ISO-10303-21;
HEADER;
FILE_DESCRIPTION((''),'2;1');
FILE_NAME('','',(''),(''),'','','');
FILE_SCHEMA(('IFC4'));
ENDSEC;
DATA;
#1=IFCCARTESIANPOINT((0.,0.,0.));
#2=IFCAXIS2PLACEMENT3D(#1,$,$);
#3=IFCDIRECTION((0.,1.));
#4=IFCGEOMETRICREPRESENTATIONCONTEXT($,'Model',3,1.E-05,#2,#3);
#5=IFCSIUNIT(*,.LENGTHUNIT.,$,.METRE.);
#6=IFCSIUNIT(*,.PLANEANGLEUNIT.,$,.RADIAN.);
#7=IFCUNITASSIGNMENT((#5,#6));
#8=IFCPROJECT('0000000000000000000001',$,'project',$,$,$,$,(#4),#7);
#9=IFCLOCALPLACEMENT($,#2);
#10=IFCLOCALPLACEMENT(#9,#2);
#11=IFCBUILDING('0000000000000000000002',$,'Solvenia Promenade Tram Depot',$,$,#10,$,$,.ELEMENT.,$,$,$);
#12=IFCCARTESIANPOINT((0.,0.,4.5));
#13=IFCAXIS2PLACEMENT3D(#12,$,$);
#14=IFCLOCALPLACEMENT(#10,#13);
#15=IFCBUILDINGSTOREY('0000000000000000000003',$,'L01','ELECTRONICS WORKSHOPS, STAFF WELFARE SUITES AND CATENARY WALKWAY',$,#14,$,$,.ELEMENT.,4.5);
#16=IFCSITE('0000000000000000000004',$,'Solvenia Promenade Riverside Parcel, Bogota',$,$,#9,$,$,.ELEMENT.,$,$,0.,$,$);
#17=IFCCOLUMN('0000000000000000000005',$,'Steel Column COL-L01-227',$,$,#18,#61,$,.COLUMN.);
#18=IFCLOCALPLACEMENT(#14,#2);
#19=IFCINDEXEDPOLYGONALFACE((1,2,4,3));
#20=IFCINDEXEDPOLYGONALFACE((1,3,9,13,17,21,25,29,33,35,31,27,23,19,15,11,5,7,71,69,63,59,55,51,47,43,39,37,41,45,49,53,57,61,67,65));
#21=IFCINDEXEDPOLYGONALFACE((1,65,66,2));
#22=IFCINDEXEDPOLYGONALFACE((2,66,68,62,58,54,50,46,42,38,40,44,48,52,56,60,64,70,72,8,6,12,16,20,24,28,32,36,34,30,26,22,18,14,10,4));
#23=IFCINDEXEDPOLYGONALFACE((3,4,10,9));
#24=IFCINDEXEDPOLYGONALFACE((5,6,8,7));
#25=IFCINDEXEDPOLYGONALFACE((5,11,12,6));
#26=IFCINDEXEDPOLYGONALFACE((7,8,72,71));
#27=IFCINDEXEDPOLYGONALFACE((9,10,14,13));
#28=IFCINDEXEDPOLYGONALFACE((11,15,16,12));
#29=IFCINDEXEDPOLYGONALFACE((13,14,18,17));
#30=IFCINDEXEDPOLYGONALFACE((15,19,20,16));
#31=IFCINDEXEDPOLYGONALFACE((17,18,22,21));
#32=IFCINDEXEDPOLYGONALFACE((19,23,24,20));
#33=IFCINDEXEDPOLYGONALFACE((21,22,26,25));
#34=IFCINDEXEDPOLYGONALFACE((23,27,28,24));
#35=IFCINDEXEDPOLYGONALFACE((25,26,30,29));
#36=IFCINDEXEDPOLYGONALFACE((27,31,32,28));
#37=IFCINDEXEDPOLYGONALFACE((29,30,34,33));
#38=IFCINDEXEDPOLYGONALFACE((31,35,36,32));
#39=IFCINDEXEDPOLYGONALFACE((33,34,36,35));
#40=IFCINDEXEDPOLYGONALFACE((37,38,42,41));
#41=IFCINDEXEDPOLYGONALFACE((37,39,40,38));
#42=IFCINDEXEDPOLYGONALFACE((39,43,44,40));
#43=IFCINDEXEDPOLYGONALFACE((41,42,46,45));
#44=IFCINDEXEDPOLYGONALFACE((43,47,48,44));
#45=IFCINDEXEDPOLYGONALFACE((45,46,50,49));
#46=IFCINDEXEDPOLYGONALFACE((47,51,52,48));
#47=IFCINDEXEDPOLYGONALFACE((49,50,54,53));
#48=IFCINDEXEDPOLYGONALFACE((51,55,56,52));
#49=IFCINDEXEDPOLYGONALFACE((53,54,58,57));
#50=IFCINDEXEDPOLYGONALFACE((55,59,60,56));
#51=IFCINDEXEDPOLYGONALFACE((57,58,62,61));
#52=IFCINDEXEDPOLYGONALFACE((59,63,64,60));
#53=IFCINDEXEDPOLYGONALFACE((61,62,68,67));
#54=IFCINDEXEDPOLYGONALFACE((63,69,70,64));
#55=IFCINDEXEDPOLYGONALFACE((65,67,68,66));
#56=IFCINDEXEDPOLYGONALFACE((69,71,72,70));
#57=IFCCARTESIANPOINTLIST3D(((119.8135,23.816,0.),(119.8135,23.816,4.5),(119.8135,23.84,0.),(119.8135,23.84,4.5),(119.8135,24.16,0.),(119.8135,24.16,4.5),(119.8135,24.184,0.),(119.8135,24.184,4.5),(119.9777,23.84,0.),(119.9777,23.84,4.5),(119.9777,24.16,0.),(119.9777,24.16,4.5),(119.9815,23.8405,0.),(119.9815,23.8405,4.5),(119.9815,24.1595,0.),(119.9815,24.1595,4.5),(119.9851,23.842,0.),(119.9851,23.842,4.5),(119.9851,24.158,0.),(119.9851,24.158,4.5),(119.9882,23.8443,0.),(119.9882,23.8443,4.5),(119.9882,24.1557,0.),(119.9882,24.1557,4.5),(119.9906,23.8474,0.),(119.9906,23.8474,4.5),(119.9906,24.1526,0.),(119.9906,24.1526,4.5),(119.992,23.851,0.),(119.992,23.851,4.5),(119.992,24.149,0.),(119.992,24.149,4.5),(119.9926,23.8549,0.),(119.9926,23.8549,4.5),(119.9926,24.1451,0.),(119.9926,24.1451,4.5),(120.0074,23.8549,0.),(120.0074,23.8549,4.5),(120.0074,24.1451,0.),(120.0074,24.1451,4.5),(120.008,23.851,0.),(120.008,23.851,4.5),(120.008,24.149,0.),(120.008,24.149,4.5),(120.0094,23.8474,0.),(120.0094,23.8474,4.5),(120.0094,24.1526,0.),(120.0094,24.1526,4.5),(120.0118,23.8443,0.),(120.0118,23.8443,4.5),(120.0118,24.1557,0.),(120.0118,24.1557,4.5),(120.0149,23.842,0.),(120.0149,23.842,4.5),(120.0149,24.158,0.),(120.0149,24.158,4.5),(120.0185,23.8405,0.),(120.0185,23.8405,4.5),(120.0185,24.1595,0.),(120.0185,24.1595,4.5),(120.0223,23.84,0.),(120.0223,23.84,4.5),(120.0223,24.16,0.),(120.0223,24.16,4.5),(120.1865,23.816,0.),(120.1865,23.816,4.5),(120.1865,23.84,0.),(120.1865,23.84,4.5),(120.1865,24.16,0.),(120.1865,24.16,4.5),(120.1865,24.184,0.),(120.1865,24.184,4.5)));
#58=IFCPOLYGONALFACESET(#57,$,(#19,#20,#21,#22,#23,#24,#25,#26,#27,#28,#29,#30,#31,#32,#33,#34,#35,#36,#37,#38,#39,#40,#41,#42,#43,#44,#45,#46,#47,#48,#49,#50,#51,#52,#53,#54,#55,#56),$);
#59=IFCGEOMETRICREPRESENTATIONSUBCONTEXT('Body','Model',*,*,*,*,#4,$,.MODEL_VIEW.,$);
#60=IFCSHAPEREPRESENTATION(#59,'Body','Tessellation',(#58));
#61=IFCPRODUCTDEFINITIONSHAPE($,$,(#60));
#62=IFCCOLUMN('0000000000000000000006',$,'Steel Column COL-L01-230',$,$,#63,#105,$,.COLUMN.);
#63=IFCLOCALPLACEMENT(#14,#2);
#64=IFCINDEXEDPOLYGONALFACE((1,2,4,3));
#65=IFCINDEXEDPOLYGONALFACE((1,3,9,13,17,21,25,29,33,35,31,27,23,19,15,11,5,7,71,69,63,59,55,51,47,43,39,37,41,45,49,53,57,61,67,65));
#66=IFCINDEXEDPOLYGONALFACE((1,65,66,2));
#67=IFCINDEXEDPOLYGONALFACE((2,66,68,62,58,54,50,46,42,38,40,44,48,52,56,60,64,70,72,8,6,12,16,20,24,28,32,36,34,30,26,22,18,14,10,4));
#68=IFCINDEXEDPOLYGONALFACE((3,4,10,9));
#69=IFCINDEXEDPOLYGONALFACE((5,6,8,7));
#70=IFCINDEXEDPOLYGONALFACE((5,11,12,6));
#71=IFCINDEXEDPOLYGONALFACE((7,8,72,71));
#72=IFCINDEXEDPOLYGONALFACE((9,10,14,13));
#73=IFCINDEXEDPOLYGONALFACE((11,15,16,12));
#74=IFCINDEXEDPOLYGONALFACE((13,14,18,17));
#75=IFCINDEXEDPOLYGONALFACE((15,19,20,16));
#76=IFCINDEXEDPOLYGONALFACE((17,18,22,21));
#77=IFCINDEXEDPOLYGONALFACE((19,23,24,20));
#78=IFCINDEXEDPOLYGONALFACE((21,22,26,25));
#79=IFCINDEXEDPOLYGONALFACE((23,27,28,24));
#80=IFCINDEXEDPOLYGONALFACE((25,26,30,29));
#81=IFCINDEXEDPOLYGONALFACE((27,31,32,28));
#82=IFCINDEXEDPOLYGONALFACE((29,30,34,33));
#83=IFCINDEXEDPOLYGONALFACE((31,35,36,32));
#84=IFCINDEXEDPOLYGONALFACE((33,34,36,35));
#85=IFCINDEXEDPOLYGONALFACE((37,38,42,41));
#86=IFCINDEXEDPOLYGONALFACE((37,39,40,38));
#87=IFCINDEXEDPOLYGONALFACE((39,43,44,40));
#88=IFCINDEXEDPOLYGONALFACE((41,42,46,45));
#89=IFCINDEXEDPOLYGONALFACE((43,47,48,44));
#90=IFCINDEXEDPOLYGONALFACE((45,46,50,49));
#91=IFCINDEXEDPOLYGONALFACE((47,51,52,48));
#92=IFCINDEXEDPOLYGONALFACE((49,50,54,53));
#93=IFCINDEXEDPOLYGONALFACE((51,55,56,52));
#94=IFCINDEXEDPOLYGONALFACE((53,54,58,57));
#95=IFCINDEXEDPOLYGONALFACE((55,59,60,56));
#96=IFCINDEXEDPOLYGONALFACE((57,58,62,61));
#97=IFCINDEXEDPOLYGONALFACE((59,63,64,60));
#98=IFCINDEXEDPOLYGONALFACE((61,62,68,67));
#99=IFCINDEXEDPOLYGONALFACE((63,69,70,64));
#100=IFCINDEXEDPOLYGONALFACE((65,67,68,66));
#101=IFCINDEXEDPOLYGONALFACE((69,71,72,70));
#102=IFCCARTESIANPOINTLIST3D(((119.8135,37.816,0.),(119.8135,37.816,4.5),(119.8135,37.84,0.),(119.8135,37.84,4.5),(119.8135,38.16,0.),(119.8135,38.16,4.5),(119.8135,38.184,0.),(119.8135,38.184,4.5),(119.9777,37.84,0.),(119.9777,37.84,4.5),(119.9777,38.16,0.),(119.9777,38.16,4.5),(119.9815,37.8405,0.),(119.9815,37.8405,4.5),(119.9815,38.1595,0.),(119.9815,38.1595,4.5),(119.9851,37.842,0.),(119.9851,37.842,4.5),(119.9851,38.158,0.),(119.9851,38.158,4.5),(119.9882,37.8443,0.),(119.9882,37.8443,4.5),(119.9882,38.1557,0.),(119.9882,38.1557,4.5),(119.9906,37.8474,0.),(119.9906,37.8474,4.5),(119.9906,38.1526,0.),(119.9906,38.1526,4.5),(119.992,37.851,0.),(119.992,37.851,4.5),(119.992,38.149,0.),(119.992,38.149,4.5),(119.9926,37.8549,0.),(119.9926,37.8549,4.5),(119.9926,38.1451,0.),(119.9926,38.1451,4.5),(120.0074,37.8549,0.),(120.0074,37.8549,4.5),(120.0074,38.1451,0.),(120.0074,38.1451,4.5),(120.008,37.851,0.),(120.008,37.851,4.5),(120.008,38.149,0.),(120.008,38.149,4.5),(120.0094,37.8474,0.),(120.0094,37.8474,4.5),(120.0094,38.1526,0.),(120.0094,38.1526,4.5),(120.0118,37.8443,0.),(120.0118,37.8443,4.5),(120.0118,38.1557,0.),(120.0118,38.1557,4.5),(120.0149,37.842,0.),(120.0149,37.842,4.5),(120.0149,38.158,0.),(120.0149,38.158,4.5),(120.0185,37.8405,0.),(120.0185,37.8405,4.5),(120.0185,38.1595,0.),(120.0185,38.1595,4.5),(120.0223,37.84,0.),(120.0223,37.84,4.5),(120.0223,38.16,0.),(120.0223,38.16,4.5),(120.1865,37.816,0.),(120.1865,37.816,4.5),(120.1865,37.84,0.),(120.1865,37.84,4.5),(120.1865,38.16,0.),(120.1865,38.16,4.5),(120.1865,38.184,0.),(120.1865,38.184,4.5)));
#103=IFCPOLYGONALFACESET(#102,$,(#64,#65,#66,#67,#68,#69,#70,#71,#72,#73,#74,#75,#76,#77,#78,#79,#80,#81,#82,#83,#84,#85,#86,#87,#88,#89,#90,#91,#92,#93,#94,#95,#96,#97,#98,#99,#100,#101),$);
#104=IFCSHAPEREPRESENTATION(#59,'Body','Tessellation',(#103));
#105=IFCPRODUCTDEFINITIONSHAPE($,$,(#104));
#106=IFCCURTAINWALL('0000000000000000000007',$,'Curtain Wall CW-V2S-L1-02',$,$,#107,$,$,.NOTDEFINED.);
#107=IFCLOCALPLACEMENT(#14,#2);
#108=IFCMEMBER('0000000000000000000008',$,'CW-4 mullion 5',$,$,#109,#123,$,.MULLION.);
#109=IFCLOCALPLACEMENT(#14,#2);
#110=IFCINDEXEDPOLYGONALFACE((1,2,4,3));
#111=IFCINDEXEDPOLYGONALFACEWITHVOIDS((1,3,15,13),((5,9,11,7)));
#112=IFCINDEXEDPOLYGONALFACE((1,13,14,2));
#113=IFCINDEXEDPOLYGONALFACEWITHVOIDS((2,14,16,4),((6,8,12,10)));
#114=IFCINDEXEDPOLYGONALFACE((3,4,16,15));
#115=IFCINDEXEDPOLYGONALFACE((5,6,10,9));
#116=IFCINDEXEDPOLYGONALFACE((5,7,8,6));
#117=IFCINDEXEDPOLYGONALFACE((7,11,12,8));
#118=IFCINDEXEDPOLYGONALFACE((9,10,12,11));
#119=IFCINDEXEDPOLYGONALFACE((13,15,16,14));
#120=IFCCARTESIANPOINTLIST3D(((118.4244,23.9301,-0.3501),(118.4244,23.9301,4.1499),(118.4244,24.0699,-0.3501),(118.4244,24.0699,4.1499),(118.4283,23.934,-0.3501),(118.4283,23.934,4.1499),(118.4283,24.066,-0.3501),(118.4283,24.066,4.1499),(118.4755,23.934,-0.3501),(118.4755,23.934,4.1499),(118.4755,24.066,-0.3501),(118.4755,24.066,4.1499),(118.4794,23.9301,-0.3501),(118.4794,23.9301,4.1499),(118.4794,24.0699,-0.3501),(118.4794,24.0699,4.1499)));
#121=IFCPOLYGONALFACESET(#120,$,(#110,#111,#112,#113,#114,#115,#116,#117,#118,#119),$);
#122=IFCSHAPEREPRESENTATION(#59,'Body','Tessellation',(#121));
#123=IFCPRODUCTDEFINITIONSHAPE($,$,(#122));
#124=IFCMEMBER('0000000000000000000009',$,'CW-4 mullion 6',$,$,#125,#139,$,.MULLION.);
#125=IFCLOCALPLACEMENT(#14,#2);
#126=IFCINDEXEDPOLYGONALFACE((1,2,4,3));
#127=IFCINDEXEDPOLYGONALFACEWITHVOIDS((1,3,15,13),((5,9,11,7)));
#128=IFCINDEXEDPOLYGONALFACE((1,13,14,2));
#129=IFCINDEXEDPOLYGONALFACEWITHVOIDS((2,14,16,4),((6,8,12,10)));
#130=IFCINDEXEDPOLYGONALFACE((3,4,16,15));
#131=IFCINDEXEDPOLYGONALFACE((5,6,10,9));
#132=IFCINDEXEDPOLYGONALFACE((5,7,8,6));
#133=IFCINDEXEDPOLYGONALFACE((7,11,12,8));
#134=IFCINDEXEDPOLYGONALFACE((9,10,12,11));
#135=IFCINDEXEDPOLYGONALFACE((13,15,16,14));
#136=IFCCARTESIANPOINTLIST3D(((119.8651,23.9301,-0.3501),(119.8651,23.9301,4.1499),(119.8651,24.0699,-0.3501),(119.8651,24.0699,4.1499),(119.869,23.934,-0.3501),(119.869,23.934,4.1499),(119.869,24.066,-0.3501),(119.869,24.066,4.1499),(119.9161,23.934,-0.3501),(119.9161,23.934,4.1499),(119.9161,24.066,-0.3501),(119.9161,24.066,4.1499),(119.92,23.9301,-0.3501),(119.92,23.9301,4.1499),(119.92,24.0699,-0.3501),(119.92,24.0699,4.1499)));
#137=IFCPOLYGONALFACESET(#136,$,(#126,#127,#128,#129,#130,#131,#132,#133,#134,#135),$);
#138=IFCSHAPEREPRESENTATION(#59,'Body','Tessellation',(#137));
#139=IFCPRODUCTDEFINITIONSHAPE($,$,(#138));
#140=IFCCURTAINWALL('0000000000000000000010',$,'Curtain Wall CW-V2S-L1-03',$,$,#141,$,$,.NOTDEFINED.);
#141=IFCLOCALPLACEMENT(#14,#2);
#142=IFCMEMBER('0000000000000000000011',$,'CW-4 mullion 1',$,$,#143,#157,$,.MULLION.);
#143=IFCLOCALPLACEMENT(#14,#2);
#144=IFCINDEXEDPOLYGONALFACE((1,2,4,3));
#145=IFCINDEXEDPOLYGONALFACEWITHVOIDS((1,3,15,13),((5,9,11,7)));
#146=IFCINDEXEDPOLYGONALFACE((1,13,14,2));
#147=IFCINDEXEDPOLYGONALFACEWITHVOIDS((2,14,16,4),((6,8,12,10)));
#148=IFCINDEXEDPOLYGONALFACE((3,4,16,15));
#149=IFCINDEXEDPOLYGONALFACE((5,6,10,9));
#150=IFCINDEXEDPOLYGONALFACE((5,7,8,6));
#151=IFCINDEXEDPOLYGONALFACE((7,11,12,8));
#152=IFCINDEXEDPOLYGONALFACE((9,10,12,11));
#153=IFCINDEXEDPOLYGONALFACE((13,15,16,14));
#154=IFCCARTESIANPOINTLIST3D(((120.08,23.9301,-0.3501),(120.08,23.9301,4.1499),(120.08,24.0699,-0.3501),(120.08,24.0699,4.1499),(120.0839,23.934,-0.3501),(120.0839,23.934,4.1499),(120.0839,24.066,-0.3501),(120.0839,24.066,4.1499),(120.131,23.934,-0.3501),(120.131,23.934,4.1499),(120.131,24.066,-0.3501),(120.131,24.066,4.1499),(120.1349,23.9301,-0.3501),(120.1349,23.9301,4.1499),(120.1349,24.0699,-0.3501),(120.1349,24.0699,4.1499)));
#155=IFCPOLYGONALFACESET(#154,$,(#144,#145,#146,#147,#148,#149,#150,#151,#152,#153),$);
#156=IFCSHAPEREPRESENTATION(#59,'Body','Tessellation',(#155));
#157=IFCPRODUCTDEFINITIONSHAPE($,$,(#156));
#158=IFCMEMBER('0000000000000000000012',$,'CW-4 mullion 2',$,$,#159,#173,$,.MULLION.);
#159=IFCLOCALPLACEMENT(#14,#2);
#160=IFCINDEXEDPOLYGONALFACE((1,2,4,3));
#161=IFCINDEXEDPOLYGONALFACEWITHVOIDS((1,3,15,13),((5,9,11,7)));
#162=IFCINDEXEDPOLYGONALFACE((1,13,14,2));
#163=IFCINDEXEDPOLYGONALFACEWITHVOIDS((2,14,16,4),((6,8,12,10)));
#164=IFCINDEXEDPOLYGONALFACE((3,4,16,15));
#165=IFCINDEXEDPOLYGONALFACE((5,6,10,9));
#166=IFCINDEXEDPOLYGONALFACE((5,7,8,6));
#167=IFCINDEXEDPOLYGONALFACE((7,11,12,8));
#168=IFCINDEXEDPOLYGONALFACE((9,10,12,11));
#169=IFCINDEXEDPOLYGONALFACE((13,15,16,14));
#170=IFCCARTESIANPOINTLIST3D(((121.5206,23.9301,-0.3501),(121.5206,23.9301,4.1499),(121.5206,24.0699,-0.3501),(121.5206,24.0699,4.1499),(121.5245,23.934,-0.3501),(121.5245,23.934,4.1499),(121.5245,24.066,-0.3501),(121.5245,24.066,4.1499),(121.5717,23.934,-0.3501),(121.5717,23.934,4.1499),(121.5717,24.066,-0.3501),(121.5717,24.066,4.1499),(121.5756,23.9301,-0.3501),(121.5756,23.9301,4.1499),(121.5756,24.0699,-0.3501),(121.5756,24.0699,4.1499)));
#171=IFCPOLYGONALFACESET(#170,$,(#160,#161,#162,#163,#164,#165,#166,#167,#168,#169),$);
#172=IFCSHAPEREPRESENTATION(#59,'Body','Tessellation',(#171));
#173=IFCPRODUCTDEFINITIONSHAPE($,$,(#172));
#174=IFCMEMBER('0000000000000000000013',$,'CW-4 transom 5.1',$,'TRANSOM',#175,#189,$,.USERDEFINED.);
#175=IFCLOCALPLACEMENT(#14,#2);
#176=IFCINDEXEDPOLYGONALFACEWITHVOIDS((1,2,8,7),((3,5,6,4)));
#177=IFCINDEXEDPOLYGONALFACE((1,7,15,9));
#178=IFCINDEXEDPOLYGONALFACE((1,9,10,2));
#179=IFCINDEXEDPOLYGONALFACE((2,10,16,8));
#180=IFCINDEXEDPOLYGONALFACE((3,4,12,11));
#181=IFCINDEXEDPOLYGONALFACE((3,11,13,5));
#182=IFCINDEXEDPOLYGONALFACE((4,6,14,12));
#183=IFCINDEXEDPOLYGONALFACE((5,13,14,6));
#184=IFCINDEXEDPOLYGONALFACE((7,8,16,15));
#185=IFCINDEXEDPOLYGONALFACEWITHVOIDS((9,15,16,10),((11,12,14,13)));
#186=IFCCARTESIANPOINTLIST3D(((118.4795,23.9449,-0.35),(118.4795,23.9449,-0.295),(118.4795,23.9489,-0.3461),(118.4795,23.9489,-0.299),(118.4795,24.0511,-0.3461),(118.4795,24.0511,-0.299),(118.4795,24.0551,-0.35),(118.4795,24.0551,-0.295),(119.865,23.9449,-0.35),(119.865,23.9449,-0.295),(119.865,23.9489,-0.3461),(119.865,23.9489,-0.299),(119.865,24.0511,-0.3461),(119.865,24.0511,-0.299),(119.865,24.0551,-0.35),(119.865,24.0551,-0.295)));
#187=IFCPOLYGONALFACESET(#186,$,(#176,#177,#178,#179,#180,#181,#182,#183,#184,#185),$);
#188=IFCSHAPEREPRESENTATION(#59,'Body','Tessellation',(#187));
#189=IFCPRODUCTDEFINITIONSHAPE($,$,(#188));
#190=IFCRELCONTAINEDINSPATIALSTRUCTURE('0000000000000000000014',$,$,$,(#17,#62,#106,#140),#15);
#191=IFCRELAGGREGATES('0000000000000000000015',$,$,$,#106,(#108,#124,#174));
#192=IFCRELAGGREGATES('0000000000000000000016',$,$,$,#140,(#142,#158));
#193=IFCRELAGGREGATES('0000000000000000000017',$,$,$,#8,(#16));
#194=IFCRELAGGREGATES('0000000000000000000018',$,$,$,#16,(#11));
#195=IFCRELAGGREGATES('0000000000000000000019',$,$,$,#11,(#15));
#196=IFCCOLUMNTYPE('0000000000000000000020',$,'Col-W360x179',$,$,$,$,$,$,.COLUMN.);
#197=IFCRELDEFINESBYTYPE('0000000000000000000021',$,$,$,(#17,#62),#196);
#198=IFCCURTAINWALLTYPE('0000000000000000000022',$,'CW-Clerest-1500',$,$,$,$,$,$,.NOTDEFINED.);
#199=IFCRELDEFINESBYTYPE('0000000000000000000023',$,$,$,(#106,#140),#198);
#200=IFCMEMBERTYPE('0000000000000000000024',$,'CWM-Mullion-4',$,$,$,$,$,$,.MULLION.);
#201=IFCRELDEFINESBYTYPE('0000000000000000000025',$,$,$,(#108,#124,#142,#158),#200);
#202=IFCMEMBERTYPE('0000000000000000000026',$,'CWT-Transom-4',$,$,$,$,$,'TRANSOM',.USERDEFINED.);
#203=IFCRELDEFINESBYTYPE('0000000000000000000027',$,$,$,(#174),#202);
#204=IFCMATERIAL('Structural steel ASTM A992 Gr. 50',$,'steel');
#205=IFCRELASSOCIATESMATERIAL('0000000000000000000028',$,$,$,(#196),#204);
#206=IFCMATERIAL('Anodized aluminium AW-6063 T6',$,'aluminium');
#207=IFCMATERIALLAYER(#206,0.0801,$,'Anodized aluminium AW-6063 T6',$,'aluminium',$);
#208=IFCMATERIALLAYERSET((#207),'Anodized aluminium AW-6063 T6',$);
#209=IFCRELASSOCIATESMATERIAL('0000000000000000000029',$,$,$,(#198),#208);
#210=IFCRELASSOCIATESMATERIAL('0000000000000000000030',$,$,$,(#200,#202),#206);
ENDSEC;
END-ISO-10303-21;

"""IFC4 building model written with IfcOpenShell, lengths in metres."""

from ifc_helpers import new_model, si_unit, direction, frame, origin, origin_2d, place, context, subcontext, project, spatial, hollow_rectangle, i_section, extrude, material, layer, layer_set, material_profile, profile_set, type_object, element, aggregate, save


model = new_model("IFC4")

# Units and contexts
model_context = context("Model", 3, precision=1e-05, world=origin(), true_north=direction((0.0, 1.0)))
body_context = subcontext(model_context, "Body", "Model", "MODEL_VIEW")
ifc_project = project(units=[si_unit("LENGTHUNIT", "METRE"), si_unit("PLANEANGLEUNIT", "RADIAN")], contexts=[model_context])

# Site, building, storey
site_placement = place(None, origin())
site = spatial("IfcSite", under=ifc_project, at=site_placement, Name="Solvenia Promenade Riverside Parcel, Bogota", CompositionType="ELEMENT", RefElevation=0.0)
building_placement = place(site_placement, origin())
building = spatial("IfcBuilding", under=site, at=building_placement, Name="Solvenia Promenade Tram Depot", CompositionType="ELEMENT")
storey_placement = place(building_placement, frame((0.0, 0.0, 4.5)))
storey = spatial("IfcBuildingStorey", under=building, at=storey_placement, Name="L01", Description="ELECTRONICS WORKSHOPS, STAFF WELFARE SUITES AND CATENARY WALKWAY", CompositionType="ELEMENT", Elevation=4.5)

# Columns
ifc_material_1 = material(Name="Structural steel ASTM A992 Gr. 50", Category="steel")
ifc_material_profile_1 = material_profile(ifc_material_1, i_section(OverallWidth=0.373, OverallDepth=0.3679, WebThickness=0.0149, FlangeThickness=0.0239, FilletRadius=0.0149, at=origin_2d()), Name="W360x179", Category="steel")
ifc_profile_set_1 = profile_set([ifc_material_profile_1], Name="Structural steel ASTM A992 Gr. 50")
column_type = type_object("IfcColumnType", Name="Col-W360x179", PredefinedType="COLUMN", material=ifc_profile_set_1)
for number, where, z_axis, x_axis, name in (
    (1, (120.0, 24.0, 0.0), (0.0, 0.0, 1.0), (1.0, 0.0, 0.0), "Steel Column COL-L01-227"),
    (2, (120.0, 38.0, 0.0), (0.0, 0.0, 1.0), (1.0, 0.0, 0.0), "Steel Column COL-L01-230"),
):
    element("IfcColumn", number, at=place(storey_placement, frame(where, z_axis=z_axis, x_axis=x_axis)), inside=storey, type_object=column_type, Name=name, PredefinedType="COLUMN", context=body_context, shape_type="SweptSolid", body=[
        extrude(i_section(OverallWidth=0.373, OverallDepth=0.3679, WebThickness=0.0149, FlangeThickness=0.0239, FilletRadius=0.0149, at=origin_2d()), origin(), (0.0, 0.0, 1.0), 4.5),
    ])

# Curtain walls, members
ifc_material_2 = material(Name="Anodized aluminium AW-6063 T6", Category="aluminium")
ifc_layer_1 = layer(ifc_material_2, 0.0801, Name="Anodized aluminium AW-6063 T6", Category="aluminium")
ifc_layer_set_1 = layer_set([ifc_layer_1], Name="Anodized aluminium AW-6063 T6")
curtain_wall_type = type_object("IfcCurtainWallType", Name="CW-Clerest-1500", PredefinedType="NOTDEFINED", material=ifc_layer_set_1)
curtain_wall_1_placement = place(storey_placement, origin())
curtain_wall_1 = element("IfcCurtainWall", 3, at=curtain_wall_1_placement, inside=storey, type_object=curtain_wall_type, Name="Curtain Wall CW-V2S-L1-02", PredefinedType="NOTDEFINED")
ifc_material_profile_2 = material_profile(ifc_material_2, hollow_rectangle(XDim=0.1399, YDim=0.0549, WallThickness=0.0039, at=origin_2d()), Name="ALU-M4", Category="aluminium")
ifc_profile_set_2 = profile_set([ifc_material_profile_2], Name="Anodized aluminium AW-6063 T6")
member_type_1 = type_object("IfcMemberType", Name="CWM-Mullion-4", PredefinedType="MULLION", material=ifc_profile_set_2)
member_1_placement = place(storey_placement, frame((118.4519, 24.0, -0.3501), z_axis=(0.0, 0.0, 1.0), x_axis=(0.0, 1.0, 0.0)))
member_1 = element("IfcMember", 4, at=member_1_placement, type_object=member_type_1, Name="CW-4 mullion 5", PredefinedType="MULLION", context=body_context, shape_type="SweptSolid", body=[
    extrude(hollow_rectangle(XDim=0.1399, YDim=0.0549, WallThickness=0.0039, at=origin_2d()), origin(), (0.0, 0.0, 1.0), 4.5),
])
member_2_placement = place(storey_placement, frame((119.8926, 24.0, -0.3501), z_axis=(0.0, 0.0, 1.0), x_axis=(0.0, 1.0, 0.0)))
member_2 = element("IfcMember", 5, at=member_2_placement, type_object=member_type_1, Name="CW-4 mullion 6", PredefinedType="MULLION", context=body_context, shape_type="SweptSolid", body=[
    extrude(hollow_rectangle(XDim=0.1399, YDim=0.0549, WallThickness=0.0039, at=origin_2d()), origin(), (0.0, 0.0, 1.0), 4.5),
])
curtain_wall_2_placement = place(storey_placement, origin())
curtain_wall_2 = element("IfcCurtainWall", 6, at=curtain_wall_2_placement, inside=storey, type_object=curtain_wall_type, Name="Curtain Wall CW-V2S-L1-03", PredefinedType="NOTDEFINED")
member_3_placement = place(storey_placement, frame((120.1074, 24.0, -0.3501), z_axis=(0.0, 0.0, 1.0), x_axis=(0.0, 1.0, 0.0)))
member_3 = element("IfcMember", 7, at=member_3_placement, type_object=member_type_1, Name="CW-4 mullion 1", PredefinedType="MULLION", context=body_context, shape_type="SweptSolid", body=[
    extrude(hollow_rectangle(XDim=0.1399, YDim=0.0549, WallThickness=0.0039, at=origin_2d()), origin(), (0.0, 0.0, 1.0), 4.5),
])
member_4_placement = place(storey_placement, frame((121.5481, 24.0, -0.3501), z_axis=(0.0, 0.0, 1.0), x_axis=(0.0, 1.0, 0.0)))
member_4 = element("IfcMember", 8, at=member_4_placement, type_object=member_type_1, Name="CW-4 mullion 2", PredefinedType="MULLION", context=body_context, shape_type="SweptSolid", body=[
    extrude(hollow_rectangle(XDim=0.1399, YDim=0.0549, WallThickness=0.0039, at=origin_2d()), origin(), (0.0, 0.0, 1.0), 4.5),
])

# Member
ifc_material_profile_3 = material_profile(ifc_material_2, hollow_rectangle(XDim=0.1101, YDim=0.0549, WallThickness=0.0039, at=origin_2d()), Name="ALU-T4", Category="aluminium")
ifc_profile_set_3 = profile_set([ifc_material_profile_3], Name="Anodized aluminium AW-6063 T6")
member_type_2 = type_object("IfcMemberType", Name="CWT-Transom-4", ElementType="TRANSOM", PredefinedType="USERDEFINED", material=ifc_profile_set_3)
member_5_placement = place(storey_placement, frame((118.4795, 24.0, -0.3225), z_axis=(1.0, 0.0, 0.0), x_axis=(0.0, 1.0, 0.0)))
member_5 = element("IfcMember", 9, at=member_5_placement, type_object=member_type_2, Name="CW-4 transom 5.1", ObjectType="TRANSOM", PredefinedType="USERDEFINED", context=body_context, shape_type="SweptSolid", body=[
    extrude(hollow_rectangle(XDim=0.1101, YDim=0.0549, WallThickness=0.0039, at=origin_2d()), origin(), (0.0, 0.0, 1.0), 1.3855),
])

aggregate(curtain_wall_1, [member_1, member_2, member_5])
aggregate(curtain_wall_2, [member_3, member_4])

save(model, "model.ifc")
